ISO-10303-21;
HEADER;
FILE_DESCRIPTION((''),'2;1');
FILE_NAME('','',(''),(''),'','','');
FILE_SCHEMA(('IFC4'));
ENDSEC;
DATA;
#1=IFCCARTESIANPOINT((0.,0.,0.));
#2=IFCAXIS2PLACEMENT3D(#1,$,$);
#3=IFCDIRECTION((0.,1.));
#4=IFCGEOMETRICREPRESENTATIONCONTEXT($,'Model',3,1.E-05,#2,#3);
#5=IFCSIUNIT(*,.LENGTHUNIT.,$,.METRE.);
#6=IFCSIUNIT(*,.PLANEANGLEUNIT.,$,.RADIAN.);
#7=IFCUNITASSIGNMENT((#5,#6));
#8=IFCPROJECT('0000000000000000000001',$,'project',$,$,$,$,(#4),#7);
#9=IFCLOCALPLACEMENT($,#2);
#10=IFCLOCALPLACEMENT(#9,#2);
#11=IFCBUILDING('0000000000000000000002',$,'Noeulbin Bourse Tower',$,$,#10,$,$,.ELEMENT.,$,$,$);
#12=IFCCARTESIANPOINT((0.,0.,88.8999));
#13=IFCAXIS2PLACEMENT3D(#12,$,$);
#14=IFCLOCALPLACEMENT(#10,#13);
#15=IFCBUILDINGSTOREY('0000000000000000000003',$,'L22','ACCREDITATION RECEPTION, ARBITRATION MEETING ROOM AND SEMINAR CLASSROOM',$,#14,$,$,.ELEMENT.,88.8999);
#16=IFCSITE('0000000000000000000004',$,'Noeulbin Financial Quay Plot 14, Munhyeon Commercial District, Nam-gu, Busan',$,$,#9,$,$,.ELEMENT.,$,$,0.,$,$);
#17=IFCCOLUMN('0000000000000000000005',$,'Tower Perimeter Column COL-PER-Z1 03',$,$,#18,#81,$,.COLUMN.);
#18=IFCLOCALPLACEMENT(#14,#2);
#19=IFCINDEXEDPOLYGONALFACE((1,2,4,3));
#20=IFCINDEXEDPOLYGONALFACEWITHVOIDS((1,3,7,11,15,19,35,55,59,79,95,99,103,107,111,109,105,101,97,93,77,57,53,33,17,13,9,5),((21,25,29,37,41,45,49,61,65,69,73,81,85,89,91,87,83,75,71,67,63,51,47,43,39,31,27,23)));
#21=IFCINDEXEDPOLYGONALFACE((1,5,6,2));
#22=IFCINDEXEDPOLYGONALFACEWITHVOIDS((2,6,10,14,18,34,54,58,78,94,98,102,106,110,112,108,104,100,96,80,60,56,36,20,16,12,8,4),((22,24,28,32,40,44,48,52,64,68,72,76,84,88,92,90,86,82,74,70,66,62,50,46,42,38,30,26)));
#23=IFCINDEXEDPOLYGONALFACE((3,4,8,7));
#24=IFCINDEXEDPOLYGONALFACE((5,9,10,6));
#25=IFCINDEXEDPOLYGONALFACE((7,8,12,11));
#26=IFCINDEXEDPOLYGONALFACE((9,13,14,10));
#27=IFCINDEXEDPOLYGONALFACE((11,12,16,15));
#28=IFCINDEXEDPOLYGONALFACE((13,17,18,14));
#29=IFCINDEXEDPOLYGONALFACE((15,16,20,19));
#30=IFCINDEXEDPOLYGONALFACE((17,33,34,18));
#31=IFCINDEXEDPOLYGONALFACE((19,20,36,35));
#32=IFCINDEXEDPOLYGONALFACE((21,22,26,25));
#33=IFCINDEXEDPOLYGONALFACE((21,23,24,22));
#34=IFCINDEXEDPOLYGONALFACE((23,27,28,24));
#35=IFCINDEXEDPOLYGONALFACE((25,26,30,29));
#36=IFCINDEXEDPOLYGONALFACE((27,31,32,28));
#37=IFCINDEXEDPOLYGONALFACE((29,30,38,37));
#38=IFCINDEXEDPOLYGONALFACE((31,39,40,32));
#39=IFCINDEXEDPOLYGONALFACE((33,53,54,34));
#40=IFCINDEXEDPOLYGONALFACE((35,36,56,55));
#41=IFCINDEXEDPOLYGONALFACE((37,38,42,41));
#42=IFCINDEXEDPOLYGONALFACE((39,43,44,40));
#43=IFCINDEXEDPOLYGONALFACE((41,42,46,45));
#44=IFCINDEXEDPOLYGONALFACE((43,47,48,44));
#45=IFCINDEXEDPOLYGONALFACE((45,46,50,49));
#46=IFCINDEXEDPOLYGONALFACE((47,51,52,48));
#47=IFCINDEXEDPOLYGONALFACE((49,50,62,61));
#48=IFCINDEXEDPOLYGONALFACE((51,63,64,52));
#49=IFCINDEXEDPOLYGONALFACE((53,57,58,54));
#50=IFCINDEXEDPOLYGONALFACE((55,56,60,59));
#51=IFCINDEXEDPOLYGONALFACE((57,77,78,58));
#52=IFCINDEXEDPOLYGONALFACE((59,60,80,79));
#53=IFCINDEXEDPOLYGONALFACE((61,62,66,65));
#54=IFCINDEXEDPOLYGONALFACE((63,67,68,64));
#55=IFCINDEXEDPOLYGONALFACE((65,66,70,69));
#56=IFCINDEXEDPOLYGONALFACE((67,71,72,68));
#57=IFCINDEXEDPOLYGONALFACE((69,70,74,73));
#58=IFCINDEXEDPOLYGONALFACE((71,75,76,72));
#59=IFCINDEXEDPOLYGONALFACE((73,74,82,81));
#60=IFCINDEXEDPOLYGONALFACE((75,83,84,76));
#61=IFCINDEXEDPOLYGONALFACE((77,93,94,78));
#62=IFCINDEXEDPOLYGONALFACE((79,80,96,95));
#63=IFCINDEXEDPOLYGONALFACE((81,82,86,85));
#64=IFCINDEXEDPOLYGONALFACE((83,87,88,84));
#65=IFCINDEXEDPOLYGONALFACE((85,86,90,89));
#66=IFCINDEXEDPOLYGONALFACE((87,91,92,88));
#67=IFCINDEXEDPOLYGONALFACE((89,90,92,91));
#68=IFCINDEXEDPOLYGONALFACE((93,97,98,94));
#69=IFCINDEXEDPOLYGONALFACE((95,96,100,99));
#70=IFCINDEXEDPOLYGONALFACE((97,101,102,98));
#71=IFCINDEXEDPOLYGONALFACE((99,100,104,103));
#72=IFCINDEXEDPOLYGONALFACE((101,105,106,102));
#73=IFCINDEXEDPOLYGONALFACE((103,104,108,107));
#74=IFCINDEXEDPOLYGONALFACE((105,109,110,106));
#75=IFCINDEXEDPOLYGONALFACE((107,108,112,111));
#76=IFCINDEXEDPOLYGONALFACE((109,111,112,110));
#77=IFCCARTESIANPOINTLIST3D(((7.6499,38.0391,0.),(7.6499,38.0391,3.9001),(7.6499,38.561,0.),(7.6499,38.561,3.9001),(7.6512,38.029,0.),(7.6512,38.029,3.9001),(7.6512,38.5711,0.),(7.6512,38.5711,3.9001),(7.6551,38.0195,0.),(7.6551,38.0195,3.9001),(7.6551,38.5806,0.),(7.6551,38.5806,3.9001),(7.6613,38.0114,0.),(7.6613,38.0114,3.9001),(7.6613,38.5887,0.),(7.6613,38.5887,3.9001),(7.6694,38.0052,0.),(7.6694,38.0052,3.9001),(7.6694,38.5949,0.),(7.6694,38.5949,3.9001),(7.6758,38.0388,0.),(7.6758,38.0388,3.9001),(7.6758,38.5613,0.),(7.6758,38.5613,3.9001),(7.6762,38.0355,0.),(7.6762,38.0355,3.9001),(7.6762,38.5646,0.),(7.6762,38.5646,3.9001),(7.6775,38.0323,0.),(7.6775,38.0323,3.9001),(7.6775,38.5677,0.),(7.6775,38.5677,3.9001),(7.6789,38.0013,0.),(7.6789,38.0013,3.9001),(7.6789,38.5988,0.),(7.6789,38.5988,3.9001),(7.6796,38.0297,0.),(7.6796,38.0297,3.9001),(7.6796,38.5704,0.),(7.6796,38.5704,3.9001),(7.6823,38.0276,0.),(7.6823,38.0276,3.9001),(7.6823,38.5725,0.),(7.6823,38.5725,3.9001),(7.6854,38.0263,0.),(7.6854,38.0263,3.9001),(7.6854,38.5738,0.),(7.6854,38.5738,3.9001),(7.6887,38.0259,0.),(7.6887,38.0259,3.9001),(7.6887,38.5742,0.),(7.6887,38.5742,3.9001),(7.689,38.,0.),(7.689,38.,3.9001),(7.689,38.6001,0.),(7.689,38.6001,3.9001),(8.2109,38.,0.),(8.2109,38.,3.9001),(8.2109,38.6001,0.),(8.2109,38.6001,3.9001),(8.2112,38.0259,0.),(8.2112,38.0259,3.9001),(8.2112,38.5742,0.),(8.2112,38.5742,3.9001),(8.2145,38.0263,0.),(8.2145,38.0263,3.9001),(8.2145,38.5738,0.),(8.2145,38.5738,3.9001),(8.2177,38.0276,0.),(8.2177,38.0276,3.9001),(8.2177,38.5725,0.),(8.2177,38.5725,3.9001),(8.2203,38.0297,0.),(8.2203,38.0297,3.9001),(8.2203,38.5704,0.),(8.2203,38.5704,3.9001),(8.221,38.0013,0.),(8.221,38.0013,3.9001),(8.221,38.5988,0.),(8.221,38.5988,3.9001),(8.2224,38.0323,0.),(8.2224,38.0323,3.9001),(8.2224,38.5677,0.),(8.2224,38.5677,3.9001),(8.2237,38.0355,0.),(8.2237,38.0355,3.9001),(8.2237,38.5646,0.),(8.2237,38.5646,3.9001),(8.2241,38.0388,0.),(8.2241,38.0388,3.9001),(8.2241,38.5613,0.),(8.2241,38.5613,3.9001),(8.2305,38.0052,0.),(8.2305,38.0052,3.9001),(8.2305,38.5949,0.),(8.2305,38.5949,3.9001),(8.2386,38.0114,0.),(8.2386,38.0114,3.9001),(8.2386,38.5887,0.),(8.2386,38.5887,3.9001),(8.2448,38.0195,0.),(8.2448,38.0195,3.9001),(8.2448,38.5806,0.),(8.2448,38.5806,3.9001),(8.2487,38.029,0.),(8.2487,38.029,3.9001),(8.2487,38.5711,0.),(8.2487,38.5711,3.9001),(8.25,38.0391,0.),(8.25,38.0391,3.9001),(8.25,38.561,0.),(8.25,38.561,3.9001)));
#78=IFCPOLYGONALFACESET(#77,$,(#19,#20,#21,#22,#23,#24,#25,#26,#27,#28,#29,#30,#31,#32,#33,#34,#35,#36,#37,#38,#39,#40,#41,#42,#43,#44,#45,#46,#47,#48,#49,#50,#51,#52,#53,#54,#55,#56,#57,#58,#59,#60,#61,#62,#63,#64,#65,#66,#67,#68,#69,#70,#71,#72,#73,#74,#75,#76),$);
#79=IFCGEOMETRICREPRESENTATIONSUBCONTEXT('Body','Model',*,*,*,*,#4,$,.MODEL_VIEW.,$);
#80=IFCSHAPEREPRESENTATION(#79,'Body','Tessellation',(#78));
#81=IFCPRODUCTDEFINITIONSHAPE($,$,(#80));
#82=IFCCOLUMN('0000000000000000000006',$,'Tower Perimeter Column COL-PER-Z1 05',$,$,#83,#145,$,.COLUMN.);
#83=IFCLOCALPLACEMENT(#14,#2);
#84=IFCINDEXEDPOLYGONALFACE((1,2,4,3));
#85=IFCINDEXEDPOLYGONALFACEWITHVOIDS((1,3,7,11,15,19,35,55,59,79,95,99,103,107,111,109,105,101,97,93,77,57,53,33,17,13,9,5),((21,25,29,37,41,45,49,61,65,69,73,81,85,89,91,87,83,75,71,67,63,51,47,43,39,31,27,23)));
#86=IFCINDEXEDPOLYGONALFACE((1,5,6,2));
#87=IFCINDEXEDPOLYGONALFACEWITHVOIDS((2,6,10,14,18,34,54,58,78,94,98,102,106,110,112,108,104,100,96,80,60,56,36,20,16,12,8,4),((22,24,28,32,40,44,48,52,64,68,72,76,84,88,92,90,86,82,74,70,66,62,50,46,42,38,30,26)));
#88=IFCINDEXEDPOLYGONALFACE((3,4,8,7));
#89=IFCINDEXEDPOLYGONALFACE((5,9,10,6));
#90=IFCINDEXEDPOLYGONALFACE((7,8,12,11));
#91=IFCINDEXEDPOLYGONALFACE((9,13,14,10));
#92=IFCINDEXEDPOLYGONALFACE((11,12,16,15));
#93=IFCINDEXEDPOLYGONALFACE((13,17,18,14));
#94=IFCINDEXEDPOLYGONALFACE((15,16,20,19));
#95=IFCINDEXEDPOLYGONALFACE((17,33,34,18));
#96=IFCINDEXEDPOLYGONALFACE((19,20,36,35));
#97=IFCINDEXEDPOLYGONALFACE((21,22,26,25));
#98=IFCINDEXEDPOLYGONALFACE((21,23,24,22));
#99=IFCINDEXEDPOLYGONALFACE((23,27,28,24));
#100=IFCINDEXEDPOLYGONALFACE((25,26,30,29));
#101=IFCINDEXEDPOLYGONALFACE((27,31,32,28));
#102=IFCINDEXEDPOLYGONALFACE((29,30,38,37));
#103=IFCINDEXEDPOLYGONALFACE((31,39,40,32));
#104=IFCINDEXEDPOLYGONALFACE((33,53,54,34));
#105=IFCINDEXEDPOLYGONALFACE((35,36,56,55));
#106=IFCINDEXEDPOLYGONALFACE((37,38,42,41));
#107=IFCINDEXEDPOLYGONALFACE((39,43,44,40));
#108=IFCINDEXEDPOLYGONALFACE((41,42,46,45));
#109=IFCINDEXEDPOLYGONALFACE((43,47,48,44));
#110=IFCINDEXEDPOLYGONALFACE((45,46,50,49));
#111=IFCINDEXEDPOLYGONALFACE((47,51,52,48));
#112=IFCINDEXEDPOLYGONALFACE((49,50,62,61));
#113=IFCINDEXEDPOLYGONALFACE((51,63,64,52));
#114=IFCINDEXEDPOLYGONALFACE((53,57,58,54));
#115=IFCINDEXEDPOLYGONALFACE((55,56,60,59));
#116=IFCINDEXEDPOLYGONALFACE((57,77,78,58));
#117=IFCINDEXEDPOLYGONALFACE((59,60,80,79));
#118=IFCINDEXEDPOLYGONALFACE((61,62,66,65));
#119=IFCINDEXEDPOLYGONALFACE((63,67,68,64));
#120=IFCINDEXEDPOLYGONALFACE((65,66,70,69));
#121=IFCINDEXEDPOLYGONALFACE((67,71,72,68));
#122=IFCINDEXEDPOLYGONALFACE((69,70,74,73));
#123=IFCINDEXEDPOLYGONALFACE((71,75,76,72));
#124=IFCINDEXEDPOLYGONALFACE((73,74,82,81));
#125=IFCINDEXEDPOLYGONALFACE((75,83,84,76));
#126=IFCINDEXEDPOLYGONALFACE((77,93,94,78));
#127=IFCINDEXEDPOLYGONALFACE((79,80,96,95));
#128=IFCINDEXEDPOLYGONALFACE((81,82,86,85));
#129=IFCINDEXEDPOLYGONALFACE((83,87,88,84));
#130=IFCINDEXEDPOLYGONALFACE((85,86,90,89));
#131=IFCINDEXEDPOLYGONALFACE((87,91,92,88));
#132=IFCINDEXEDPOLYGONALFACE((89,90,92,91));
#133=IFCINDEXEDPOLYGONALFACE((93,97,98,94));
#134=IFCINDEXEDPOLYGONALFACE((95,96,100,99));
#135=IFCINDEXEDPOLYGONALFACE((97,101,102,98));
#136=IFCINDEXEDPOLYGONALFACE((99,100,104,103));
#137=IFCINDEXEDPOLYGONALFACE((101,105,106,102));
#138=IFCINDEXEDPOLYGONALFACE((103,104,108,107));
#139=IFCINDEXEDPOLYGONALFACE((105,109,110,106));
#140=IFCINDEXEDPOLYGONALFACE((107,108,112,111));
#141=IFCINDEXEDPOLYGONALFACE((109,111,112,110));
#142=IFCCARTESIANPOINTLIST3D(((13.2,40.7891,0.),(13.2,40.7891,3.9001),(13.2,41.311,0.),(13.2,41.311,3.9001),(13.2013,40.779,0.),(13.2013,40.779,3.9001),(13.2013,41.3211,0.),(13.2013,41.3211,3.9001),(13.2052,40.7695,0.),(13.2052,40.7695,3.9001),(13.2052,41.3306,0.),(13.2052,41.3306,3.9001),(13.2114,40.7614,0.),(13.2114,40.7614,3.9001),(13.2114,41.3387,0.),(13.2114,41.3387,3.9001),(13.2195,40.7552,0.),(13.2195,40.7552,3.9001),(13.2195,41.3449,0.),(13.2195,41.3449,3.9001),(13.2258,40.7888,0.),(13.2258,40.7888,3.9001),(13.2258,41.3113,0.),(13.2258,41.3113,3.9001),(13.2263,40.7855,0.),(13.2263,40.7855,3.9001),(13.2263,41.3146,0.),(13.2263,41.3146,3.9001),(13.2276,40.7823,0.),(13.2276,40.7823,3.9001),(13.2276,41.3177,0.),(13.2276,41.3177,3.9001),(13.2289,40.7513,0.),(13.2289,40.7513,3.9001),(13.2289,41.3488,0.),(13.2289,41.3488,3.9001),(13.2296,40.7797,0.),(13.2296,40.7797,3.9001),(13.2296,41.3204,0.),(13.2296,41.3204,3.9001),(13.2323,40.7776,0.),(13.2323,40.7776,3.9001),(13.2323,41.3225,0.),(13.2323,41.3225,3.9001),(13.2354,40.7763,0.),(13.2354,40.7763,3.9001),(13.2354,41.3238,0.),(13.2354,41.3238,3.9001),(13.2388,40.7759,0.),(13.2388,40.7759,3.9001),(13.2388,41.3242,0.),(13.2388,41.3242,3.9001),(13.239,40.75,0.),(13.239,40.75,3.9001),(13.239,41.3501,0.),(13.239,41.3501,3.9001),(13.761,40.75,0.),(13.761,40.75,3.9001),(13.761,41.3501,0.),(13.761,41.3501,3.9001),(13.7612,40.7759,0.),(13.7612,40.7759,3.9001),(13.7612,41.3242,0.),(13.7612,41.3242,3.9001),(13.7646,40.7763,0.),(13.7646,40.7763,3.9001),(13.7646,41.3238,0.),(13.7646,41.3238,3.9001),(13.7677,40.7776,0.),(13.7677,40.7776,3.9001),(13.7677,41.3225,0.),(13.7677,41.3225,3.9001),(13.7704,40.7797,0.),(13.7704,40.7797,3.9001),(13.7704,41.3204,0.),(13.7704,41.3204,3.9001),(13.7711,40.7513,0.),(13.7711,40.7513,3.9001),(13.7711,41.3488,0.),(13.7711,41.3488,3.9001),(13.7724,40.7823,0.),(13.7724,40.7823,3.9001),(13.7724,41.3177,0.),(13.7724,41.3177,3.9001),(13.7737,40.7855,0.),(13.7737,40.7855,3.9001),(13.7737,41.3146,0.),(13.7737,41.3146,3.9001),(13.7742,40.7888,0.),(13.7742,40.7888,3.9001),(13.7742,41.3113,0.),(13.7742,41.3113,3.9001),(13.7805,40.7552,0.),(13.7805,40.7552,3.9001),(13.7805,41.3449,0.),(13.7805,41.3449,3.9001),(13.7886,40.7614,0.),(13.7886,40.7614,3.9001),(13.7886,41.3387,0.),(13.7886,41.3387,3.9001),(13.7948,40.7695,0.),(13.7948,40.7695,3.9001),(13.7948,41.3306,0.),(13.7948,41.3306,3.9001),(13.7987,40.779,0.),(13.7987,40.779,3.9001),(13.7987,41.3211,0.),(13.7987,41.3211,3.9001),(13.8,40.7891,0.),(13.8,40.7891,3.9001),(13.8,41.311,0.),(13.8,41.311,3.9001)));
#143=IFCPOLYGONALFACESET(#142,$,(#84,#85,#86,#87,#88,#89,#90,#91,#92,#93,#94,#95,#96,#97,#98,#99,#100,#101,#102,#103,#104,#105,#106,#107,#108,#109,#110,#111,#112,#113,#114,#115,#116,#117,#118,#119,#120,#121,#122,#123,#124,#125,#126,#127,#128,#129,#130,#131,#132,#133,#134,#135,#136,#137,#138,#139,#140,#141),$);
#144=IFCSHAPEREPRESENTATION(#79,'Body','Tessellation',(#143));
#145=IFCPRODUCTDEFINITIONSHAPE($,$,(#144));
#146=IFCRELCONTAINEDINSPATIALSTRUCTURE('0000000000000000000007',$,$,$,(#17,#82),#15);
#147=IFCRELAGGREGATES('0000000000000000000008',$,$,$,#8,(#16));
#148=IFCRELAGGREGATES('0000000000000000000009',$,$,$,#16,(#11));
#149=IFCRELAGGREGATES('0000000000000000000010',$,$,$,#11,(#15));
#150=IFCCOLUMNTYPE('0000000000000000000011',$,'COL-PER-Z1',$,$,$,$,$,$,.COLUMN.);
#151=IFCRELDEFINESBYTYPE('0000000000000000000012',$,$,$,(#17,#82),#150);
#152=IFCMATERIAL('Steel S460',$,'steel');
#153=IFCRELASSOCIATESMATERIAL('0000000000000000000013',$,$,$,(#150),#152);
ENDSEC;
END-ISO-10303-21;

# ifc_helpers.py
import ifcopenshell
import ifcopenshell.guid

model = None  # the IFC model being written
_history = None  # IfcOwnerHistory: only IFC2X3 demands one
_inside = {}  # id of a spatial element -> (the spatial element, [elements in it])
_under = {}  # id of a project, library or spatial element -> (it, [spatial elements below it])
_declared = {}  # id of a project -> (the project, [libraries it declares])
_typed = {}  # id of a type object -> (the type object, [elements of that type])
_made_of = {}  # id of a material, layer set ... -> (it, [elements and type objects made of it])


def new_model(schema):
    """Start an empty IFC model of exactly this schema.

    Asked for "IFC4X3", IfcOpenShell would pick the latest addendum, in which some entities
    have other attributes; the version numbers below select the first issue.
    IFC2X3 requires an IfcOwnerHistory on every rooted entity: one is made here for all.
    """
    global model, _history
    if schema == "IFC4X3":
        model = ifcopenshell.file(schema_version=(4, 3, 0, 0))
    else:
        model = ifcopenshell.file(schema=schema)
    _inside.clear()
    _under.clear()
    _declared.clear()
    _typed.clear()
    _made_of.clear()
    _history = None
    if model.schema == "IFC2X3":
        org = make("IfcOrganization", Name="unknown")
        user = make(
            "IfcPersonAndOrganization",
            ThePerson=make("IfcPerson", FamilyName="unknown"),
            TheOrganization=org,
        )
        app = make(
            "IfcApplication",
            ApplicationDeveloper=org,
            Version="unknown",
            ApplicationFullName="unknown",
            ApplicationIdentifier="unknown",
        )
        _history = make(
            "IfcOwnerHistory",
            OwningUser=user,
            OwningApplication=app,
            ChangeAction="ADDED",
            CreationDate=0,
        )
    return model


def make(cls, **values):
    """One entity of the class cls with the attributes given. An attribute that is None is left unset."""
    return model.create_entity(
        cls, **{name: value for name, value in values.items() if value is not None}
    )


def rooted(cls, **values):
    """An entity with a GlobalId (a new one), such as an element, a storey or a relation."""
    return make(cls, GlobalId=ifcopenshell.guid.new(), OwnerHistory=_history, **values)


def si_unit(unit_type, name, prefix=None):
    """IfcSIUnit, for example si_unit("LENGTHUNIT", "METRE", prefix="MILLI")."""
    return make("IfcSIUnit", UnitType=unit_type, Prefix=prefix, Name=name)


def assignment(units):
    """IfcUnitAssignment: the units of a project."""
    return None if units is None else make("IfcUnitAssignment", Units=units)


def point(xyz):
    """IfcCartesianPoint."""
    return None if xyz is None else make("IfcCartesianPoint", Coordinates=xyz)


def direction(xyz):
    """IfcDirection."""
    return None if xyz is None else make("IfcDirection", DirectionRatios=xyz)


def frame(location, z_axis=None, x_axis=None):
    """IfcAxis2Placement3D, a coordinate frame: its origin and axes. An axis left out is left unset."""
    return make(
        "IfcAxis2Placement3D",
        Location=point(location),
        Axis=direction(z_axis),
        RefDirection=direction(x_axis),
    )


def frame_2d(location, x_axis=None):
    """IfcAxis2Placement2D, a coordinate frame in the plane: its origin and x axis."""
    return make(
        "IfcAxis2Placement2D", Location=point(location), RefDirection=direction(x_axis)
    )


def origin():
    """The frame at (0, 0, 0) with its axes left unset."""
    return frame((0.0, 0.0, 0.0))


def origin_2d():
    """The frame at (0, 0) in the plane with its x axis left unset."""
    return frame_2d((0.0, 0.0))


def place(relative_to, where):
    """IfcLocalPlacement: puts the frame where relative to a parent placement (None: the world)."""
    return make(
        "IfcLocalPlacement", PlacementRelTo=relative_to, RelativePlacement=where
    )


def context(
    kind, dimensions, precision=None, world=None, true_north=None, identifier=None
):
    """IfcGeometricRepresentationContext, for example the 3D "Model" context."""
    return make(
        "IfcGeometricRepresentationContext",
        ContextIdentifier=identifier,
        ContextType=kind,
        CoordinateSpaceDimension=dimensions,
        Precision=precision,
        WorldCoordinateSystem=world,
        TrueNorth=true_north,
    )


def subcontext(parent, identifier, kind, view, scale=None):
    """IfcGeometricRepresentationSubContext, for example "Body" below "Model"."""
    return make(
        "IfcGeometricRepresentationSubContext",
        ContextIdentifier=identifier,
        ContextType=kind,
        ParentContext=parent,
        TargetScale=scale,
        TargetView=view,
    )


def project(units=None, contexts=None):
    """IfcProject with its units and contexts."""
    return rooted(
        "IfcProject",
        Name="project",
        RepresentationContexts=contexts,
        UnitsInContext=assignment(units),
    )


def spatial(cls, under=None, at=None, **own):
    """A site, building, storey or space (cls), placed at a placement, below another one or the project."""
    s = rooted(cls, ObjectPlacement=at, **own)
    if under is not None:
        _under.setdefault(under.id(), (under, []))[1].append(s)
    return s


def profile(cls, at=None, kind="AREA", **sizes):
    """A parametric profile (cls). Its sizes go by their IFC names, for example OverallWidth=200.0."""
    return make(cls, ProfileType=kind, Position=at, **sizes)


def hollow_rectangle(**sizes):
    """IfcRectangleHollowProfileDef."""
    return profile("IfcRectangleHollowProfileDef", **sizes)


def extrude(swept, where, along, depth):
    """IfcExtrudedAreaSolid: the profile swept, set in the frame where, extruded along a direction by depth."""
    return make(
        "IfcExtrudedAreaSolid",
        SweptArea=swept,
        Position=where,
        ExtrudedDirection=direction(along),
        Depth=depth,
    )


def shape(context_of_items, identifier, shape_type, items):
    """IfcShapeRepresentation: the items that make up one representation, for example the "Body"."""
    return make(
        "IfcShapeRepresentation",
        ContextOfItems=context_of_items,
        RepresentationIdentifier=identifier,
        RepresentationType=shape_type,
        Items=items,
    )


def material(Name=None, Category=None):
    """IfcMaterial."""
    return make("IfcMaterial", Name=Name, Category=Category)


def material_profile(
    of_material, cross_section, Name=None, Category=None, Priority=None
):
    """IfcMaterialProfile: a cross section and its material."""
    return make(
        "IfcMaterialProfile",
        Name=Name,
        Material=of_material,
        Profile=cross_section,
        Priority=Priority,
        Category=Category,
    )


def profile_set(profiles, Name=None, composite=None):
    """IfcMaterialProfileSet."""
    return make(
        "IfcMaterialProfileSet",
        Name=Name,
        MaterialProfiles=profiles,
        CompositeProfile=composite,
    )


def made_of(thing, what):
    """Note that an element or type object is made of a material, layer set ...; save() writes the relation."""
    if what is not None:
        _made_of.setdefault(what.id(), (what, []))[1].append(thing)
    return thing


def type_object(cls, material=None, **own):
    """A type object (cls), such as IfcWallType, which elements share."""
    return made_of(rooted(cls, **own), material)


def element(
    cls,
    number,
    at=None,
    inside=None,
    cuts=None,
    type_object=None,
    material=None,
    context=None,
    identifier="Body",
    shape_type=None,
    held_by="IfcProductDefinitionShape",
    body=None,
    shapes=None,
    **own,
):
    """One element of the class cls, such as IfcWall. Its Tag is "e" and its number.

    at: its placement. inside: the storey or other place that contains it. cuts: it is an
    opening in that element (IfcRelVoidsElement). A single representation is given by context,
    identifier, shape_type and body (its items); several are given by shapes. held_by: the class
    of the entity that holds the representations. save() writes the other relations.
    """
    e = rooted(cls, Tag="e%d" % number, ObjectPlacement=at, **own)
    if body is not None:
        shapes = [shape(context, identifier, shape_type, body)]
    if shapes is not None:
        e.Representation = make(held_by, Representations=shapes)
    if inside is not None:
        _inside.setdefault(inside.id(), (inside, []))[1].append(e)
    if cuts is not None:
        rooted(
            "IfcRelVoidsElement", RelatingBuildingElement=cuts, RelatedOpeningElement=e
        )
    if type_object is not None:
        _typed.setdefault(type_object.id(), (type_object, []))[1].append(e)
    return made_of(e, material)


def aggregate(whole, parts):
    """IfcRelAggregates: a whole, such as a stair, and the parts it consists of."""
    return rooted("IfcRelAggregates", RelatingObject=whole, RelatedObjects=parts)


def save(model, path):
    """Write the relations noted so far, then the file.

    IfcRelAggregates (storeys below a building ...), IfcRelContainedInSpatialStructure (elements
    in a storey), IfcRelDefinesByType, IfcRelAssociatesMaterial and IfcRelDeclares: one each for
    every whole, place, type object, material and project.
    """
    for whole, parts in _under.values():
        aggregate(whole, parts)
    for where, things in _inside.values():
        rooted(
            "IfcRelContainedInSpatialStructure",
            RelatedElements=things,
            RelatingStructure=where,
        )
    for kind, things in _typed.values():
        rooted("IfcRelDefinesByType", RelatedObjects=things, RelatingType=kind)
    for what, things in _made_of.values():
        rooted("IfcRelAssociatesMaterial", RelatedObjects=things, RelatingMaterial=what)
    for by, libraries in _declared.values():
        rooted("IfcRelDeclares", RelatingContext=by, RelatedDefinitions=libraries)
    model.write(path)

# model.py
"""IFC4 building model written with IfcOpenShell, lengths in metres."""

from ifc_helpers import new_model, si_unit, direction, frame, origin, origin_2d, place, context, subcontext, project, spatial, hollow_rectangle, extrude, material, material_profile, profile_set, type_object, element, save


model = new_model("IFC4")

# Units and contexts
model_context = context("Model", 3, precision=1e-05, world=origin(), true_north=direction((0.0, 1.0)))
body_context = subcontext(model_context, "Body", "Model", "MODEL_VIEW")
ifc_project = project(units=[si_unit("LENGTHUNIT", "METRE"), si_unit("PLANEANGLEUNIT", "RADIAN")], contexts=[model_context])

# Site, building, storey
site_placement = place(None, origin())
site = spatial("IfcSite", under=ifc_project, at=site_placement, Name="Noeulbin Financial Quay Plot 14, Munhyeon Commercial District, Nam-gu, Busan", CompositionType="ELEMENT", RefElevation=0.0)
building_placement = place(site_placement, origin())
building = spatial("IfcBuilding", under=site, at=building_placement, Name="Noeulbin Bourse Tower", CompositionType="ELEMENT")
storey_placement = place(building_placement, frame((0.0, 0.0, 88.8999)))
storey = spatial("IfcBuildingStorey", under=building, at=storey_placement, Name="L22", Description="ACCREDITATION RECEPTION, ARBITRATION MEETING ROOM AND SEMINAR CLASSROOM", CompositionType="ELEMENT", Elevation=88.8999)

# Columns
ifc_material_1 = material(Name="Steel S460", Category="steel")
ifc_material_profile_1 = material_profile(ifc_material_1, hollow_rectangle(XDim=0.6001, YDim=0.6001, WallThickness=0.0259, InnerFilletRadius=0.0129, OuterFilletRadius=0.0391, at=origin_2d()), Name="BOX-600x600x26", Category="LoadBearing")
ifc_profile_set_1 = profile_set([ifc_material_profile_1], Name="Steel S460")
column_type_1 = type_object("IfcColumnType", Name="COL-PER-Z1", PredefinedType="COLUMN", material=ifc_profile_set_1)
for number, where, z_axis, x_axis, name in (
    (1, (7.95, 38.3, 0.0), (0.0, 0.0, 1.0), (1.0, 0.0, 0.0), "Tower Perimeter Column COL-PER-Z1 03"),
    (2, (13.5, 41.05, 0.0), (0.0, 0.0, 1.0), (1.0, 0.0, 0.0), "Tower Perimeter Column COL-PER-Z1 05"),
):
    element("IfcColumn", number, at=place(storey_placement, frame(where, z_axis=z_axis, x_axis=x_axis)), inside=storey, type_object=column_type_1, Name=name, PredefinedType="COLUMN", context=body_context, shape_type="SweptSolid", body=[
        extrude(hollow_rectangle(XDim=0.6001, YDim=0.6001, WallThickness=0.0259, InnerFilletRadius=0.0129, OuterFilletRadius=0.0391, at=origin_2d()), origin(), (0.0, 0.0, 1.0), 3.9001),
    ])

save(model, "model.ifc")
